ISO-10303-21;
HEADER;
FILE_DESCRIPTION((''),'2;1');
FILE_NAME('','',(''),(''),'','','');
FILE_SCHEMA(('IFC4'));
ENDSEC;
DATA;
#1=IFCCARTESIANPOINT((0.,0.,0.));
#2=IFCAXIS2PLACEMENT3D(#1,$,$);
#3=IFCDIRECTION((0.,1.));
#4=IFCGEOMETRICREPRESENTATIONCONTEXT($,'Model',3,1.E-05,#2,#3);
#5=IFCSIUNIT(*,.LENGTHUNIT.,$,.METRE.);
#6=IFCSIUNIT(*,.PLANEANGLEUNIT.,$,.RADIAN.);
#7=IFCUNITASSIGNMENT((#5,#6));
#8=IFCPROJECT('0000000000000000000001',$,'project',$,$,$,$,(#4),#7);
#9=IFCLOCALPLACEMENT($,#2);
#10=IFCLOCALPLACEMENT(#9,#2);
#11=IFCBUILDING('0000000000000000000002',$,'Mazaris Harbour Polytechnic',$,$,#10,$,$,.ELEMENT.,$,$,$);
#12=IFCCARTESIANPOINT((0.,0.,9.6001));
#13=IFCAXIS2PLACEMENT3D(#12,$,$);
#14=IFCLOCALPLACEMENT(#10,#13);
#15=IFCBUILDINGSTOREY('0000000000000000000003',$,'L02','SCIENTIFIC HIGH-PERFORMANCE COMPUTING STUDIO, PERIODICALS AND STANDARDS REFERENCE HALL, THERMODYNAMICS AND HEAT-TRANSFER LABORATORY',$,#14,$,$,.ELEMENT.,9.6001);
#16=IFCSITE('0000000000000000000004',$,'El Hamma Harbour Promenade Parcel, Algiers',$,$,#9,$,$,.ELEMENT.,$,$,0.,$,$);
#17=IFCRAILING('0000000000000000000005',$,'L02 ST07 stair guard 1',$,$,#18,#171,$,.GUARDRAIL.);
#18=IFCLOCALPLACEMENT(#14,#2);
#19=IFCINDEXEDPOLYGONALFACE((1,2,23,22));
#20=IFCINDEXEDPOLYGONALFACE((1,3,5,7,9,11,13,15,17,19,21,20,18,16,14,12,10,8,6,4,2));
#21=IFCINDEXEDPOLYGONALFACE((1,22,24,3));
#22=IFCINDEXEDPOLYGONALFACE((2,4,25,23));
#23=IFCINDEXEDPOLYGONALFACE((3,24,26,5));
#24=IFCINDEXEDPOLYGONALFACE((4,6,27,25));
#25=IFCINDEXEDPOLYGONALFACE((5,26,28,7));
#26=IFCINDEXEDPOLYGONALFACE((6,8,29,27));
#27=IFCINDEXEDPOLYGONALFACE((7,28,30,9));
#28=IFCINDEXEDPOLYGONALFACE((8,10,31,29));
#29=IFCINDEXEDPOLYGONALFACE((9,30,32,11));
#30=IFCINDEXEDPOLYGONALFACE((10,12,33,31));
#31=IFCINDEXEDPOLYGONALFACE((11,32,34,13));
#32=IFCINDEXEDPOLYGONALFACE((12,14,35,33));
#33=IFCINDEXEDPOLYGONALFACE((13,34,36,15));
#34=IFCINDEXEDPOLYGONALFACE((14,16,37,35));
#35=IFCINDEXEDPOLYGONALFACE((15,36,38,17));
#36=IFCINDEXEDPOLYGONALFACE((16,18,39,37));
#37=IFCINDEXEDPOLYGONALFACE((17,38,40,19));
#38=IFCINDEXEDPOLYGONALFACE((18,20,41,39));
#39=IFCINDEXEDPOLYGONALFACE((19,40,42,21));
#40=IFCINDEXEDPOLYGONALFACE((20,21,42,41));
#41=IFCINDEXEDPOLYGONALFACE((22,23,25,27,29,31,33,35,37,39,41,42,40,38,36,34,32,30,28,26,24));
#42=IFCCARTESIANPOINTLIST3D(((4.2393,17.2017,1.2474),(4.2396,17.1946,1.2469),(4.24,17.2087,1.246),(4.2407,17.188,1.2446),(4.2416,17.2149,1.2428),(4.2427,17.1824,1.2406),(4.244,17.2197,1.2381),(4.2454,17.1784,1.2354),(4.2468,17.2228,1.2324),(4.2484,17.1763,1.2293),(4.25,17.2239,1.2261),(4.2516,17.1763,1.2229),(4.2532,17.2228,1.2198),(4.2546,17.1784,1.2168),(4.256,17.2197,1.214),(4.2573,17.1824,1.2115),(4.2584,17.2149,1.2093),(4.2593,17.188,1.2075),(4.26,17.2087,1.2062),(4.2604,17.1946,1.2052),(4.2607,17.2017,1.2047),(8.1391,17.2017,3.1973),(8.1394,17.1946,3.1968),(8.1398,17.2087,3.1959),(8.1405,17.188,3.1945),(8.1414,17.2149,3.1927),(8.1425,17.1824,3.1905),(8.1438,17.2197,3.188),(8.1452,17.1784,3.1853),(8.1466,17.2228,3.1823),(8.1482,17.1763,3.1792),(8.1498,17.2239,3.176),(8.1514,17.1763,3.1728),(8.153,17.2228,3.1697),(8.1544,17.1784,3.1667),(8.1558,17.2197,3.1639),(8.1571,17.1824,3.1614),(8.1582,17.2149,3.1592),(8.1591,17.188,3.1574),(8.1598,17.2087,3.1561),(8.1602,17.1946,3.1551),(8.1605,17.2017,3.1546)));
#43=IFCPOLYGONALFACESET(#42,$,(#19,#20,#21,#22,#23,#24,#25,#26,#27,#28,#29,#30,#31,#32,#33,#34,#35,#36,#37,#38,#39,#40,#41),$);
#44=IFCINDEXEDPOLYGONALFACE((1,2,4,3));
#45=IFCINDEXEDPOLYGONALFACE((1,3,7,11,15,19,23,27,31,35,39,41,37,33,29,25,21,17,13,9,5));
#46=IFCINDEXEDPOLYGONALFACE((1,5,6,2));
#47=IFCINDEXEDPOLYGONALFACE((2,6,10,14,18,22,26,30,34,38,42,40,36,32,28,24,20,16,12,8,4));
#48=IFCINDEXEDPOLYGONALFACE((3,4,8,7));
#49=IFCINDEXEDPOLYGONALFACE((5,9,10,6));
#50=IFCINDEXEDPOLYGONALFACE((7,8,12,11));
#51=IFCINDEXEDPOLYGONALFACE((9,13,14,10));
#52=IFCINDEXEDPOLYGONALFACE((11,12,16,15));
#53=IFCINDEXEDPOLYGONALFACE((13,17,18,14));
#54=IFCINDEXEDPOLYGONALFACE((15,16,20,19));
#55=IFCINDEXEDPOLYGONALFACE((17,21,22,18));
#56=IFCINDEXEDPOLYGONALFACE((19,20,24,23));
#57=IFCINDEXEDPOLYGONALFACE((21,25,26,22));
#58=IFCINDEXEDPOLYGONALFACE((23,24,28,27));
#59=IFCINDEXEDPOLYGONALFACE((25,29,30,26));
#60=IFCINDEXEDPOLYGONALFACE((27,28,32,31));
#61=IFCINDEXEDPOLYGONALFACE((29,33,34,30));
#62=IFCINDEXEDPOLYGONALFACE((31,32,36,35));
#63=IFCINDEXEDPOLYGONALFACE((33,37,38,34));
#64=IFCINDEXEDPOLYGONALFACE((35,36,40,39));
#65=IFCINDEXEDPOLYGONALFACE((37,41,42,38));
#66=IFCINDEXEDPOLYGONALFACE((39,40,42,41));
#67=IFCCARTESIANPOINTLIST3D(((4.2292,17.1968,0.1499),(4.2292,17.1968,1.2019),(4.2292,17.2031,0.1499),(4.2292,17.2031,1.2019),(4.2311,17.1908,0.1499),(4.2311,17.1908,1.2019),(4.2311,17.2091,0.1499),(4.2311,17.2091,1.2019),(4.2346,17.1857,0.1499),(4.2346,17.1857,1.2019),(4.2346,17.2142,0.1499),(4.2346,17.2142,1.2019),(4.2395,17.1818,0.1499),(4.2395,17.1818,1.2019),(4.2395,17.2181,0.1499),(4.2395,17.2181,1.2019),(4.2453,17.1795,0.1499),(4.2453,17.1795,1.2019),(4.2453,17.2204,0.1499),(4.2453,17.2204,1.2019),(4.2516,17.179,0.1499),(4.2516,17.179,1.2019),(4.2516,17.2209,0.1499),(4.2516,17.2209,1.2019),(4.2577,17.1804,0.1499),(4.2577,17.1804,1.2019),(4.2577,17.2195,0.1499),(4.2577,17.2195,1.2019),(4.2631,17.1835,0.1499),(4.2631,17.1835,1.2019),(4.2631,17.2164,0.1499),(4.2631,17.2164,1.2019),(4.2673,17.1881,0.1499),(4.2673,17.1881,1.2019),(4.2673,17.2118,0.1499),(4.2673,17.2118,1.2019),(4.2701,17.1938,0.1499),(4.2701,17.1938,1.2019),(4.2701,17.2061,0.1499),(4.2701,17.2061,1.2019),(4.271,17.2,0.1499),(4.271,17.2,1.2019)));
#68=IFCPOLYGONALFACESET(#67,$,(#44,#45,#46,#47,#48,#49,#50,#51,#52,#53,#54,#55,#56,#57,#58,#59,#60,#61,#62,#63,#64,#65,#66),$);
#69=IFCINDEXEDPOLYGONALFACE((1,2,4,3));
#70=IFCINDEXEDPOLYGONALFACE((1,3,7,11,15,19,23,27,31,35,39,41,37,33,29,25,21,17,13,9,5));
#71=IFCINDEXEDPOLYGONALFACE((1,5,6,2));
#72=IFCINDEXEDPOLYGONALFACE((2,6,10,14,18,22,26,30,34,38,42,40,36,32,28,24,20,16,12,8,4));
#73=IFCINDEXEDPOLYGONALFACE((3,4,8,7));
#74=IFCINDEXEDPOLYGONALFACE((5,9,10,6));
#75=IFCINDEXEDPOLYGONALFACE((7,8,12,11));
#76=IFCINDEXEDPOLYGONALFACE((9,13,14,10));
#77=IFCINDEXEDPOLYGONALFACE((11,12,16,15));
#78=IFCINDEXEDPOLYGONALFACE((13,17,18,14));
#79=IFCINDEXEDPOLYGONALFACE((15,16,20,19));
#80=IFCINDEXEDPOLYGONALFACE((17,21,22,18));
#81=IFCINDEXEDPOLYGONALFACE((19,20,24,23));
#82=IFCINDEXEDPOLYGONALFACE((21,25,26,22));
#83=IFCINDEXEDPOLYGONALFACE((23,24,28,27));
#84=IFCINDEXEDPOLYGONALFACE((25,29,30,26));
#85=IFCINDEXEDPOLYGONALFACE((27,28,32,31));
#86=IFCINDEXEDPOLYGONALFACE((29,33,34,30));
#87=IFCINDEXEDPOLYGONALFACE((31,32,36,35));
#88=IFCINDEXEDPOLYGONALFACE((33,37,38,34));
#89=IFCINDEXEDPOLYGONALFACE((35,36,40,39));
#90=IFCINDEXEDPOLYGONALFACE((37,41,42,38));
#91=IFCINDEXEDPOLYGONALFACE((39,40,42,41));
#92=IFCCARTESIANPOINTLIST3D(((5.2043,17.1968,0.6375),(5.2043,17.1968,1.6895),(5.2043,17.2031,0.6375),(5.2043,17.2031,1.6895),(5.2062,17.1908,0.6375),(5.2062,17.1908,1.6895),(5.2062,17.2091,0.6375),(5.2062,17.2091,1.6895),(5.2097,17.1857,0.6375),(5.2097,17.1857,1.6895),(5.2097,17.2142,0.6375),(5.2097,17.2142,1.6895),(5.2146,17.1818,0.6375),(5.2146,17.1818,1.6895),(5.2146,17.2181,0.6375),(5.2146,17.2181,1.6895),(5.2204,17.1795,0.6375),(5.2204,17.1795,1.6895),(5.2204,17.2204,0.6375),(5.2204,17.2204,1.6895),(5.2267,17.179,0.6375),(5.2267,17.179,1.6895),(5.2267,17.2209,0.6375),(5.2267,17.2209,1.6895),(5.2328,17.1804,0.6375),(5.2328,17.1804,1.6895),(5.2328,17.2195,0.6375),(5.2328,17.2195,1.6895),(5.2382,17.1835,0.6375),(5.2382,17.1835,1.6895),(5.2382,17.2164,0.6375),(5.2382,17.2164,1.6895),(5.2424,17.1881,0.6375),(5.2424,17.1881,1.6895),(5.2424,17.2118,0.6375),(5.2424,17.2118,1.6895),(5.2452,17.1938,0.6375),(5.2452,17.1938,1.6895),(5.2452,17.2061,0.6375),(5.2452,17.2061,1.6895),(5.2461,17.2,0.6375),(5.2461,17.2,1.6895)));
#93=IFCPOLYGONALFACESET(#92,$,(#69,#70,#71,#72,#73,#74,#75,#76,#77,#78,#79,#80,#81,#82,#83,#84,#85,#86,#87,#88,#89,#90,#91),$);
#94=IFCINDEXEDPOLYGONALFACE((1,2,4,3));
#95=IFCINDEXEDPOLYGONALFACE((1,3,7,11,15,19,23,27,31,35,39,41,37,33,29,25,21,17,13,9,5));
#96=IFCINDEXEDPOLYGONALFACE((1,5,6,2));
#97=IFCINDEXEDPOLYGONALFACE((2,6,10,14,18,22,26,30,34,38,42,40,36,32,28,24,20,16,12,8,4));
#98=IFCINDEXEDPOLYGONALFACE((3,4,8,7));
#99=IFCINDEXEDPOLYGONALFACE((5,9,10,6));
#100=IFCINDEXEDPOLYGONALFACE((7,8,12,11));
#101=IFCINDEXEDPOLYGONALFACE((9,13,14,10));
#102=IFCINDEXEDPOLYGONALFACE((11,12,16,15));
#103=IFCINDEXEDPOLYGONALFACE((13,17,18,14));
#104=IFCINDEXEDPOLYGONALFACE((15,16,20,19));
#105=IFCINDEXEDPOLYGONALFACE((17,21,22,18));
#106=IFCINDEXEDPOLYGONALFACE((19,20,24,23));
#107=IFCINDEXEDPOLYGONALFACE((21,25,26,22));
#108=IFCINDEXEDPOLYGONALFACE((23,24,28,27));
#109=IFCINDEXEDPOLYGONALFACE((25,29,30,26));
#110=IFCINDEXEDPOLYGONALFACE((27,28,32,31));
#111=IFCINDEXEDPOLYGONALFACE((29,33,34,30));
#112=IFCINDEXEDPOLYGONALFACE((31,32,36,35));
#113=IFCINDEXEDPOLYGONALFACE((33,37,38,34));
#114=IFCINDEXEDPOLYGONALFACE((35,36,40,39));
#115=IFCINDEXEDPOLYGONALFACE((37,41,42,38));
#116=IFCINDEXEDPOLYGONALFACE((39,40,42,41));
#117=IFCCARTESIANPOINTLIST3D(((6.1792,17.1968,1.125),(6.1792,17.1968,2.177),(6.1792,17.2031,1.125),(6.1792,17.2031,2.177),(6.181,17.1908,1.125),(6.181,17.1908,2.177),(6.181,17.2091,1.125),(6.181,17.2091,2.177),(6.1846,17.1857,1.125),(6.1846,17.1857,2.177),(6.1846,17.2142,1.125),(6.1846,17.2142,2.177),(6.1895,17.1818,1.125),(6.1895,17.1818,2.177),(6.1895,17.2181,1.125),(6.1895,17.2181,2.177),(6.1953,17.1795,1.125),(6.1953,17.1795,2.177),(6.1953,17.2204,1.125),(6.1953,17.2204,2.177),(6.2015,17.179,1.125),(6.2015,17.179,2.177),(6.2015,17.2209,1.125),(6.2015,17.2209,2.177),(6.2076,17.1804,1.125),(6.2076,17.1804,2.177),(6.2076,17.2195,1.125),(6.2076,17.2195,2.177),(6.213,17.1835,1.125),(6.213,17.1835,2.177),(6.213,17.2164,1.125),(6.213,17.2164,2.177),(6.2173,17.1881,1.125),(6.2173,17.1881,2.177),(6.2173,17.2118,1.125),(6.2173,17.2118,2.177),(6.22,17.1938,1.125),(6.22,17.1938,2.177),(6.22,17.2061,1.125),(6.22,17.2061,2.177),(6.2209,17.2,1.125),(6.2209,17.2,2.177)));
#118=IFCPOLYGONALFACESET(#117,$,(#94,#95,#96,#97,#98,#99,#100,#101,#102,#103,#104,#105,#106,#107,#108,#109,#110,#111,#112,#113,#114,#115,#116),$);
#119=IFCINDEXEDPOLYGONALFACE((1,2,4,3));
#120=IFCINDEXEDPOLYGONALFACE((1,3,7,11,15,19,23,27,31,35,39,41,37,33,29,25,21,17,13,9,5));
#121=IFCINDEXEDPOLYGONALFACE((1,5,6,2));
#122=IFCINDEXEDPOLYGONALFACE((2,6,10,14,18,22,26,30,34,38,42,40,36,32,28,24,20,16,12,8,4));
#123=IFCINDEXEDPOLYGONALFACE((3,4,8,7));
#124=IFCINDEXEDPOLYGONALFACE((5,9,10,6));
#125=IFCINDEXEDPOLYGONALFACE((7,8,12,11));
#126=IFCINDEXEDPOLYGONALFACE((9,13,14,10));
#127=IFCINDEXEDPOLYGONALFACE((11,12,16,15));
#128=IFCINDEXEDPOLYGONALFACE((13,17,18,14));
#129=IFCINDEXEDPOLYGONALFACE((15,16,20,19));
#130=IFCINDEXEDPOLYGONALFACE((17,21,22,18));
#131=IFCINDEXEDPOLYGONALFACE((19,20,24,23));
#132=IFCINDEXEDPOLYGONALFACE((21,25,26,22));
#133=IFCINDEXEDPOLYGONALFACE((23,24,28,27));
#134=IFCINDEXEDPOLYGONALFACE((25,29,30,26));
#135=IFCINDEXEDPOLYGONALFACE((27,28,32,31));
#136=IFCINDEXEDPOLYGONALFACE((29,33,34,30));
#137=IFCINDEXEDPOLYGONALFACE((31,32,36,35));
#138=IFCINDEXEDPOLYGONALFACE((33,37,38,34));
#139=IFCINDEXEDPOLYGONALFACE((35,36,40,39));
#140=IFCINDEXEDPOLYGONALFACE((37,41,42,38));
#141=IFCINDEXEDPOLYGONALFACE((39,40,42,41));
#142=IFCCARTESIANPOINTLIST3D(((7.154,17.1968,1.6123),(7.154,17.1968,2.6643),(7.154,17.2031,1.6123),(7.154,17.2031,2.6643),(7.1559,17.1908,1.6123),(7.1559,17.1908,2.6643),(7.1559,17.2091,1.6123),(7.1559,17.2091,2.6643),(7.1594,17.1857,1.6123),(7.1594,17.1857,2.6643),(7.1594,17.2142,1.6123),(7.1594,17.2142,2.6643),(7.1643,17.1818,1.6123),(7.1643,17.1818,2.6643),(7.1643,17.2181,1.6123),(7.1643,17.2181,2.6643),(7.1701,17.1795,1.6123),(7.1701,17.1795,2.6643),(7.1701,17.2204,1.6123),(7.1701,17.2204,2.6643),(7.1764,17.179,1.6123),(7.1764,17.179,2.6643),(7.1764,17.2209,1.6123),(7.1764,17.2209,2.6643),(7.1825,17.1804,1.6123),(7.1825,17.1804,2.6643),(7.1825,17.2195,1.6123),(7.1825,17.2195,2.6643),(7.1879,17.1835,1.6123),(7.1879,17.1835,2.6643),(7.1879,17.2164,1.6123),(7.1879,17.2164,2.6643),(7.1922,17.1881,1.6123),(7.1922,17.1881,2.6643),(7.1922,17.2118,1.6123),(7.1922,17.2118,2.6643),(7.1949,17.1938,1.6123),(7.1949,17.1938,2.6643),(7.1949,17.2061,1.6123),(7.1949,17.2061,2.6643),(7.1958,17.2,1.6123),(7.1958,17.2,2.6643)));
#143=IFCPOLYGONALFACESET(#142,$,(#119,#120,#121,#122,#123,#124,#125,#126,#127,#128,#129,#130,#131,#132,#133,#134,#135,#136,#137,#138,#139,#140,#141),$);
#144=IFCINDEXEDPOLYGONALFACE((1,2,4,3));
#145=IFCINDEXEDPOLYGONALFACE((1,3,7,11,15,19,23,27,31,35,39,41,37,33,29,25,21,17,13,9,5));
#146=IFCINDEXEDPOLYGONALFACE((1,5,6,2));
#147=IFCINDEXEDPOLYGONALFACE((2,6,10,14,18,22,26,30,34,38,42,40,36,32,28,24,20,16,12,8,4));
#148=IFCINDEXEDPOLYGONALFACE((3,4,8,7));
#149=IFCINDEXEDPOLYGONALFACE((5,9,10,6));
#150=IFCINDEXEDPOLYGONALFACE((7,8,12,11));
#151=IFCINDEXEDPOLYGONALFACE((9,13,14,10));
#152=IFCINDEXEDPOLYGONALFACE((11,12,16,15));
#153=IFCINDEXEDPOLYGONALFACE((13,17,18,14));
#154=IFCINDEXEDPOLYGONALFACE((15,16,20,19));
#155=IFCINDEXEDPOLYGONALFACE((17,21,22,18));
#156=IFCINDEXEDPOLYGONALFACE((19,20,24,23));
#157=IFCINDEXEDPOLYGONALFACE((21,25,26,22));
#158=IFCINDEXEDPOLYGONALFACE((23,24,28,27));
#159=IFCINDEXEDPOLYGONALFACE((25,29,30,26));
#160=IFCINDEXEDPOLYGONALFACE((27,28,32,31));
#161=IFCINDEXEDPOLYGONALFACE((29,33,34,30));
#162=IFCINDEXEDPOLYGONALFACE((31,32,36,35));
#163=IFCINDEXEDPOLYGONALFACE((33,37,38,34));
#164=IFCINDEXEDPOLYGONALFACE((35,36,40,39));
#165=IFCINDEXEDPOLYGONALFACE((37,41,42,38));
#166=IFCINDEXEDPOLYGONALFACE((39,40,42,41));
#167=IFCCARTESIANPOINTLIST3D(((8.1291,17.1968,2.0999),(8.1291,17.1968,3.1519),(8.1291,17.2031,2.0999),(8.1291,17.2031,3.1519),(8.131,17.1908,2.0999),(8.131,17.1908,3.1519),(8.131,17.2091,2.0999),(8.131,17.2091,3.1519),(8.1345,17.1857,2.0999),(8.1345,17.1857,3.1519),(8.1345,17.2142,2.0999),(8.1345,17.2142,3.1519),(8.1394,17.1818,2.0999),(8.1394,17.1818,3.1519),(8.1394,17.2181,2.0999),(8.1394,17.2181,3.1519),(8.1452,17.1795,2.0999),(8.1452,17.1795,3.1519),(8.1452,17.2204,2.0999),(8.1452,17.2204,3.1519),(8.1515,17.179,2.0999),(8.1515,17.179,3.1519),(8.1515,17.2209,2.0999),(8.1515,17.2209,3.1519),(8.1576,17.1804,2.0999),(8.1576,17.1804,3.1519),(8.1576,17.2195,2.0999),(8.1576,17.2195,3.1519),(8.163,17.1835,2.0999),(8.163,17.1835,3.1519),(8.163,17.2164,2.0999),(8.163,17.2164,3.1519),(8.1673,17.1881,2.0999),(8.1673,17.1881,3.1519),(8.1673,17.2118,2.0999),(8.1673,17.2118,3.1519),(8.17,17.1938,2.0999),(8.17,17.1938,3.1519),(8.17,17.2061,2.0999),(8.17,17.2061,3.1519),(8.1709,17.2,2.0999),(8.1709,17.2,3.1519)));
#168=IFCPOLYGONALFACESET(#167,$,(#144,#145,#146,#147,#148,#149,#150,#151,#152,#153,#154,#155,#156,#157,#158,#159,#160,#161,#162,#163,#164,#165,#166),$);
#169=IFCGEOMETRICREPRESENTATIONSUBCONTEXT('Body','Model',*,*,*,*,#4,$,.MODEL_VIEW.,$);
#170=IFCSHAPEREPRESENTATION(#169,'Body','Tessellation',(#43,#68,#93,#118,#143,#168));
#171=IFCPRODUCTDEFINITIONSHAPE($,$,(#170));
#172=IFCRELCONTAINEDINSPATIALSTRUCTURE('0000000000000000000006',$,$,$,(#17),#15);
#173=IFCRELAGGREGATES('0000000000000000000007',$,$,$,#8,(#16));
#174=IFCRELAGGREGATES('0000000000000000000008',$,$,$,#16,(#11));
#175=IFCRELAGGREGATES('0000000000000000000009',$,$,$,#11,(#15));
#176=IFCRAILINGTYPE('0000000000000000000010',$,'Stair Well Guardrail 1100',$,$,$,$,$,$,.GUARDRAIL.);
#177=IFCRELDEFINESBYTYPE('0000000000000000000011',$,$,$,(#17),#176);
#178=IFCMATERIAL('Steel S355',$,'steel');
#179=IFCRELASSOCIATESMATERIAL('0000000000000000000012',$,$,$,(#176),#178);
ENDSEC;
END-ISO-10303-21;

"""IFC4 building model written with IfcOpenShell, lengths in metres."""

from ifc_helpers import new_model, si_unit, direction, frame, origin, origin_2d, place, context, subcontext, project, spatial, circle, extrude, material, type_object, element, save


model = new_model("IFC4")

# Units and contexts
model_context = context("Model", 3, precision=1e-05, world=origin(), true_north=direction((0.0, 1.0)))
body_context = subcontext(model_context, "Body", "Model", "MODEL_VIEW")
ifc_project = project(units=[si_unit("LENGTHUNIT", "METRE"), si_unit("PLANEANGLEUNIT", "RADIAN")], contexts=[model_context])

# Site, building, storey
site_placement = place(None, origin())
site = spatial("IfcSite", under=ifc_project, at=site_placement, Name="El Hamma Harbour Promenade Parcel, Algiers", CompositionType="ELEMENT", RefElevation=0.0)
building_placement = place(site_placement, origin())
building = spatial("IfcBuilding", under=site, at=building_placement, Name="Mazaris Harbour Polytechnic", CompositionType="ELEMENT")
storey_placement = place(building_placement, frame((0.0, 0.0, 9.6001)))
storey = spatial("IfcBuildingStorey", under=building, at=storey_placement, Name="L02", Description="SCIENTIFIC HIGH-PERFORMANCE COMPUTING STUDIO, PERIODICALS AND STANDARDS REFERENCE HALL, THERMODYNAMICS AND HEAT-TRANSFER LABORATORY", CompositionType="ELEMENT", Elevation=9.6001)

# Railing
ifc_material_1 = material(Name="Steel S355", Category="steel")
railing_type_1 = type_object("IfcRailingType", Name="Stair Well Guardrail 1100", PredefinedType="GUARDRAIL", material=ifc_material_1)
railing_1_placement = place(storey_placement, frame((4.25, 17.2, 0.1499)))
element("IfcRailing", 1, at=railing_1_placement, inside=storey, type_object=railing_type_1, Name="L02 ST07 stair guard 1", PredefinedType="GUARDRAIL", context=body_context, shape_type="SweptSolid", body=[
    extrude(circle(Radius=0.0239, at=origin_2d()), frame((0.0, 0.0, 1.0762), z_axis=(0.894427, 0.0, 0.447214), x_axis=(0.0, 1.0, 0.0)), (0.0, 0.0, 1.0), 4.3601),
    extrude(circle(Radius=0.021, at=origin_2d()), origin(), (0.0, 0.0, 1.0), 1.052),
    extrude(circle(Radius=0.021, at=origin_2d()), frame((0.9751, 0.0, 0.4875)), (0.0, 0.0, 1.0), 1.052),
    extrude(circle(Radius=0.021, at=origin_2d()), frame((1.95, 0.0, 0.9751)), (0.0, 0.0, 1.0), 1.052),
    extrude(circle(Radius=0.021, at=origin_2d()), frame((2.9248, 0.0, 1.4624)), (0.0, 0.0, 1.0), 1.052),
    extrude(circle(Radius=0.021, at=origin_2d()), frame((3.8999, 0.0, 1.95)), (0.0, 0.0, 1.0), 1.052),
])

save(model, "model.ifc")
